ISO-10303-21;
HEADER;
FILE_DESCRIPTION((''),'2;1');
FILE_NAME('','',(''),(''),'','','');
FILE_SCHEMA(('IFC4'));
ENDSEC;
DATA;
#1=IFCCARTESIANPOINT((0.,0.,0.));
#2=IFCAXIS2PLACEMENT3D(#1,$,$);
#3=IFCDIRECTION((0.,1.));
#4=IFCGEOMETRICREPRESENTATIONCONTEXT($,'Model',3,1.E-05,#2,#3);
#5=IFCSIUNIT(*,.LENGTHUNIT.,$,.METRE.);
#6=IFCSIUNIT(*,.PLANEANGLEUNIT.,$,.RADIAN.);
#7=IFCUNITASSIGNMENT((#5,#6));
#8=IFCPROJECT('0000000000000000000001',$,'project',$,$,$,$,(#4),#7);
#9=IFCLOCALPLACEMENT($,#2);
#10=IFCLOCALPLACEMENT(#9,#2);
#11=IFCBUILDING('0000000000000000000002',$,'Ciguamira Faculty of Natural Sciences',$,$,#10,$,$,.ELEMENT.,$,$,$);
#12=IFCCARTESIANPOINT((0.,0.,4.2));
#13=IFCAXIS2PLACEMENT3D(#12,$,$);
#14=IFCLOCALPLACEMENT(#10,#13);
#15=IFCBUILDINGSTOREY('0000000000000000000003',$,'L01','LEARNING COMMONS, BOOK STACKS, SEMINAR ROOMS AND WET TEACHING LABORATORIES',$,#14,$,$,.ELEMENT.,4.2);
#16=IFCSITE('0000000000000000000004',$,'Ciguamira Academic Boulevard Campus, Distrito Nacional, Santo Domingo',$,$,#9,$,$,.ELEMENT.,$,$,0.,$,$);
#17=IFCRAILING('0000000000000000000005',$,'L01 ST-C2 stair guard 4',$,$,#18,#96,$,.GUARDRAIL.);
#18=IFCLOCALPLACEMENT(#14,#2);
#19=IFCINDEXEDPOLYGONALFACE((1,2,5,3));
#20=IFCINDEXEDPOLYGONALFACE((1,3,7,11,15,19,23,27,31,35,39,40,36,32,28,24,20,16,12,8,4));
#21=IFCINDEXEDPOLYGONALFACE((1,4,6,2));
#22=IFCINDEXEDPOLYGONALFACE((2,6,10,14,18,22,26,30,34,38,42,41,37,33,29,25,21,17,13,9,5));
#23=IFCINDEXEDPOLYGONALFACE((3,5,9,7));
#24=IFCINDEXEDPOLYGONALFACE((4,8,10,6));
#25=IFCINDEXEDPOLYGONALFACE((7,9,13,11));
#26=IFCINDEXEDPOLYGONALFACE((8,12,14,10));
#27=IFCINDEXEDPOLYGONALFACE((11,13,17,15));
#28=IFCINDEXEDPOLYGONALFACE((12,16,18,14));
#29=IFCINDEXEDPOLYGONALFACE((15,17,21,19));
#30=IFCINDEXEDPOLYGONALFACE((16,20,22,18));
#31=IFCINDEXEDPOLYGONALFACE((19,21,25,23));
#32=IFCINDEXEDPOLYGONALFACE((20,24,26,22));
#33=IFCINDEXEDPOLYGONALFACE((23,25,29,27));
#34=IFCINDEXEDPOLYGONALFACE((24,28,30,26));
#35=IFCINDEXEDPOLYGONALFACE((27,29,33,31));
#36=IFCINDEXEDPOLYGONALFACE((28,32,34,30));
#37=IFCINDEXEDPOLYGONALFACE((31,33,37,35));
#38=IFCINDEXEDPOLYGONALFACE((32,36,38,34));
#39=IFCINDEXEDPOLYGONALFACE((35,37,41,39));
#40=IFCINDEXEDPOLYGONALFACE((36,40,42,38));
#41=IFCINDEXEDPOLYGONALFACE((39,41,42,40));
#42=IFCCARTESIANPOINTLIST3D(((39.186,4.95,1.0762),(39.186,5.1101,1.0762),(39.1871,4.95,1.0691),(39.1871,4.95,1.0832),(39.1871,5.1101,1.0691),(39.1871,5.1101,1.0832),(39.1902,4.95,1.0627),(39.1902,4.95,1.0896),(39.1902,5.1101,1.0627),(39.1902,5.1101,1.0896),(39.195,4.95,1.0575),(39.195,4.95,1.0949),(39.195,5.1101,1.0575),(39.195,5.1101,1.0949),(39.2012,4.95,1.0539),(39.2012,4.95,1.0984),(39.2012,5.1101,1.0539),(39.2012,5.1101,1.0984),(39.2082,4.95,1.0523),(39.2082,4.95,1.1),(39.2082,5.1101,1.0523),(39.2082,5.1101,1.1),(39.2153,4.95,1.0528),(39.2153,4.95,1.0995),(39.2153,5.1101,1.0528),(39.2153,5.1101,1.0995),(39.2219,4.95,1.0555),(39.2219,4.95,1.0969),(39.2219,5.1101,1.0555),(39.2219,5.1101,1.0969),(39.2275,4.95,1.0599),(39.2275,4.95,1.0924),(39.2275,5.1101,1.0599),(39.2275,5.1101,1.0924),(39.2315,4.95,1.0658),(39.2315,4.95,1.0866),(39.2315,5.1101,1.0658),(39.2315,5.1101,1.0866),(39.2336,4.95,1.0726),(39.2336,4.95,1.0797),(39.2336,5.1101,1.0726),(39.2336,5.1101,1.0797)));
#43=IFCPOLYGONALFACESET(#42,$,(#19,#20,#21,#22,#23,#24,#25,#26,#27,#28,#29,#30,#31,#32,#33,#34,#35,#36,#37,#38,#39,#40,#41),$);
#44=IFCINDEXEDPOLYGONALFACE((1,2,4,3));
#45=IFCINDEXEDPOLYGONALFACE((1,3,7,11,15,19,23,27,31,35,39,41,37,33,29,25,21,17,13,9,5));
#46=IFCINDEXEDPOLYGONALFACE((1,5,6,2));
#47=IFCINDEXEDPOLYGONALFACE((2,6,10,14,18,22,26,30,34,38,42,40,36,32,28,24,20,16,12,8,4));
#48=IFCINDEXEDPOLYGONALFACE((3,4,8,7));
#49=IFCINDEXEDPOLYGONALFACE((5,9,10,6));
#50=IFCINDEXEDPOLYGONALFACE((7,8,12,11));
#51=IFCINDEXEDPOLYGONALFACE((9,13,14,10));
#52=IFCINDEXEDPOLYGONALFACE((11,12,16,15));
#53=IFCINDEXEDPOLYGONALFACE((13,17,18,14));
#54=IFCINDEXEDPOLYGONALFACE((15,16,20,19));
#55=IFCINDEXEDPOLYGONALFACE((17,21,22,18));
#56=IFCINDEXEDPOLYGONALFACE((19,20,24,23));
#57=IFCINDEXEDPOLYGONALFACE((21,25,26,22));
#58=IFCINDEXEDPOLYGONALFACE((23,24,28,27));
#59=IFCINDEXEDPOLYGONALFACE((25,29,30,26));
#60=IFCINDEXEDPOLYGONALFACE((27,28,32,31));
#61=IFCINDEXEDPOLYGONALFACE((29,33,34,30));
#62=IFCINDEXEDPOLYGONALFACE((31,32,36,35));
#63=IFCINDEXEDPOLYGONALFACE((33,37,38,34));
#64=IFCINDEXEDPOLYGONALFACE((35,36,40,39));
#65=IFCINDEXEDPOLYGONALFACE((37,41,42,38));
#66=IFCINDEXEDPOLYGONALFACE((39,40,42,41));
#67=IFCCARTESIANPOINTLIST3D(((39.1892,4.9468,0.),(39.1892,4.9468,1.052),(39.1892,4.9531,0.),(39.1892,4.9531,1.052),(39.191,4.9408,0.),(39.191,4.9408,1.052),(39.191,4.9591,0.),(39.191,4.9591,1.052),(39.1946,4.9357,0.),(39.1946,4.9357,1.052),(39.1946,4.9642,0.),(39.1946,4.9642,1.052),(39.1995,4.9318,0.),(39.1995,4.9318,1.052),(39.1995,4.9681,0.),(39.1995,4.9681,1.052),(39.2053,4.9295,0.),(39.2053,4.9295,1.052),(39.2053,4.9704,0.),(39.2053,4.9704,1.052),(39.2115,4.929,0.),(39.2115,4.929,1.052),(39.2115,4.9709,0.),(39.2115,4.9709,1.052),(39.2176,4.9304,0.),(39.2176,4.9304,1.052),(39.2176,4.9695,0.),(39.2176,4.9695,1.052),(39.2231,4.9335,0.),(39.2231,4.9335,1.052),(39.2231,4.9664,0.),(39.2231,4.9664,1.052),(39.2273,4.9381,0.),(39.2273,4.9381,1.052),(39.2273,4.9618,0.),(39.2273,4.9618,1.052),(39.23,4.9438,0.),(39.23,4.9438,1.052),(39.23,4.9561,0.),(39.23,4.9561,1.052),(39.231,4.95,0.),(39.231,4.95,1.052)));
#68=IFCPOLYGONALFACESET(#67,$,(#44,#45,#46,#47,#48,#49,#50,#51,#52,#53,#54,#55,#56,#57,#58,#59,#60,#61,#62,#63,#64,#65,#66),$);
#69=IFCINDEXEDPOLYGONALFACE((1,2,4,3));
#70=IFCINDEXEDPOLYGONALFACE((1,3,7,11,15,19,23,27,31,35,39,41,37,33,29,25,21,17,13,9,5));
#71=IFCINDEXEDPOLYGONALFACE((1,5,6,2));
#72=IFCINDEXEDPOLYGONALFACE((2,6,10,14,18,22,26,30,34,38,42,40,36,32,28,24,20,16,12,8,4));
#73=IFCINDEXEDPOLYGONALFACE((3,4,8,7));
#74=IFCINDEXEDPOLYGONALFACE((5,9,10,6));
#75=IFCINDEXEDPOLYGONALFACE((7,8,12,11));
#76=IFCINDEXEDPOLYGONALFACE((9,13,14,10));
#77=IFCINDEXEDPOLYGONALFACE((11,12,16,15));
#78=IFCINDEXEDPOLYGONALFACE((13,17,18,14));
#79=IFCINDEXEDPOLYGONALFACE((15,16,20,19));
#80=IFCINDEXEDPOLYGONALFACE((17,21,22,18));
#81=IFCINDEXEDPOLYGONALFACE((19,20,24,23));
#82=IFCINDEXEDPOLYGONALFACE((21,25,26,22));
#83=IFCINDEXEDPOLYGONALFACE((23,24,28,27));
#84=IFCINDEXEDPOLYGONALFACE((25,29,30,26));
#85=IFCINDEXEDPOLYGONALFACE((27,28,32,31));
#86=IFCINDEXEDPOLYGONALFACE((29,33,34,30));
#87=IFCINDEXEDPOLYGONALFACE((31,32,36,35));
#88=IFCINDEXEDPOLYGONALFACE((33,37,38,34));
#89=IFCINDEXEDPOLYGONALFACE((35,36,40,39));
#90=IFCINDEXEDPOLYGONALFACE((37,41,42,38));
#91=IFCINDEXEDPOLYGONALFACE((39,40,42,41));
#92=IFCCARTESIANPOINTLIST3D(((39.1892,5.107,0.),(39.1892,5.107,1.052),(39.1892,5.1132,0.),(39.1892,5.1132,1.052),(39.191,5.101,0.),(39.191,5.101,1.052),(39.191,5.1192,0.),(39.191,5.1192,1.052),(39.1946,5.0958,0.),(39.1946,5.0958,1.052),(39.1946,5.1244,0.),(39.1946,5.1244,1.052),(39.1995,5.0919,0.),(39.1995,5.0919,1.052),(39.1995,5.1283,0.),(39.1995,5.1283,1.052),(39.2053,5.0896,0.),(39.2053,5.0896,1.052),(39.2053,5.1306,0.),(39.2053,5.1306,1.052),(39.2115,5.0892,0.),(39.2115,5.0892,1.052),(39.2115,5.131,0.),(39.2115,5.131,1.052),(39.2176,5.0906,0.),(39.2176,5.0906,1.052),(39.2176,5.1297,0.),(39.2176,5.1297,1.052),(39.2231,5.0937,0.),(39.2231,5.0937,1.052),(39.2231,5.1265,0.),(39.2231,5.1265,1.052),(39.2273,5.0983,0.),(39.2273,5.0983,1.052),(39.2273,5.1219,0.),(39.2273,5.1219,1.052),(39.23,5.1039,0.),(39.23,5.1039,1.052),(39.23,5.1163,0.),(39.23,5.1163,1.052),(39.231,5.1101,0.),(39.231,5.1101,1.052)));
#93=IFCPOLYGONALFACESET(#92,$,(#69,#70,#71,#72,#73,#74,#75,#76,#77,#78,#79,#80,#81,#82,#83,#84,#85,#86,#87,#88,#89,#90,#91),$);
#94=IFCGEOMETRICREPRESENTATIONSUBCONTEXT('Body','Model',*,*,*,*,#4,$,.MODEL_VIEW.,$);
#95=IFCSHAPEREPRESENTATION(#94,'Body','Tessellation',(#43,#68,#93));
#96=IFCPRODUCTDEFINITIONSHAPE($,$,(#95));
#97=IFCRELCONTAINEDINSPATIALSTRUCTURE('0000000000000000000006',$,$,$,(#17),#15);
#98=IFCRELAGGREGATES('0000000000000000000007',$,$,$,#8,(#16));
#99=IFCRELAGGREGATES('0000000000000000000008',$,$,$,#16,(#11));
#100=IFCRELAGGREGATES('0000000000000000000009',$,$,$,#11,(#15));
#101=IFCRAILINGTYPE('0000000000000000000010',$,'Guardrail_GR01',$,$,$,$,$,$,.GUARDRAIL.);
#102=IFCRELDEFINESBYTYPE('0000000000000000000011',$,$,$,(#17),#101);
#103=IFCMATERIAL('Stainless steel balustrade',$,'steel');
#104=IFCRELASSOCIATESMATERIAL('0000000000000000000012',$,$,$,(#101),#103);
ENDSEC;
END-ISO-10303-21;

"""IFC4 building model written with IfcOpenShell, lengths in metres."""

from ifc_helpers import new_model, si_unit, direction, frame, origin, origin_2d, place, context, subcontext, project, spatial, circle, extrude, material, type_object, element, save


model = new_model("IFC4")

# Units and contexts
model_context = context("Model", 3, precision=1e-05, world=origin(), true_north=direction((0.0, 1.0)))
body_context = subcontext(model_context, "Body", "Model", "MODEL_VIEW")
ifc_project = project(units=[si_unit("LENGTHUNIT", "METRE"), si_unit("PLANEANGLEUNIT", "RADIAN")], contexts=[model_context])

# Site, building, storey
site_placement = place(None, origin())
site = spatial("IfcSite", under=ifc_project, at=site_placement, Name="Ciguamira Academic Boulevard Campus, Distrito Nacional, Santo Domingo", CompositionType="ELEMENT", RefElevation=0.0)
building_placement = place(site_placement, origin())
building = spatial("IfcBuilding", under=site, at=building_placement, Name="Ciguamira Faculty of Natural Sciences", CompositionType="ELEMENT")
storey_placement = place(building_placement, frame((0.0, 0.0, 4.2)))
storey = spatial("IfcBuildingStorey", under=building, at=storey_placement, Name="L01", Description="LEARNING COMMONS, BOOK STACKS, SEMINAR ROOMS AND WET TEACHING LABORATORIES", CompositionType="ELEMENT", Elevation=4.2)

# Railing
ifc_material_1 = material(Name="Stainless steel balustrade", Category="steel")
railing_type_1 = type_object("IfcRailingType", Name="Guardrail_GR01", PredefinedType="GUARDRAIL", material=ifc_material_1)
railing_1_placement = place(storey_placement, frame((39.21, 4.95, 0.0)))
element("IfcRailing", 1, at=railing_1_placement, inside=storey, type_object=railing_type_1, Name="L01 ST-C2 stair guard 4", PredefinedType="GUARDRAIL", context=body_context, shape_type="SweptSolid", body=[
    extrude(circle(Radius=0.0239, at=origin_2d()), frame((0.0, 0.0, 1.0762), z_axis=(0.0, 1.0, 0.0), x_axis=(-1.0, 0.0, 0.0)), (0.0, 0.0, 1.0), 0.1602),
    extrude(circle(Radius=0.021, at=origin_2d()), origin(), (0.0, 0.0, 1.0), 1.052),
    extrude(circle(Radius=0.021, at=origin_2d()), frame((0.0, 0.1602, 0.0)), (0.0, 0.0, 1.0), 1.052),
])

save(model, "model.ifc")
